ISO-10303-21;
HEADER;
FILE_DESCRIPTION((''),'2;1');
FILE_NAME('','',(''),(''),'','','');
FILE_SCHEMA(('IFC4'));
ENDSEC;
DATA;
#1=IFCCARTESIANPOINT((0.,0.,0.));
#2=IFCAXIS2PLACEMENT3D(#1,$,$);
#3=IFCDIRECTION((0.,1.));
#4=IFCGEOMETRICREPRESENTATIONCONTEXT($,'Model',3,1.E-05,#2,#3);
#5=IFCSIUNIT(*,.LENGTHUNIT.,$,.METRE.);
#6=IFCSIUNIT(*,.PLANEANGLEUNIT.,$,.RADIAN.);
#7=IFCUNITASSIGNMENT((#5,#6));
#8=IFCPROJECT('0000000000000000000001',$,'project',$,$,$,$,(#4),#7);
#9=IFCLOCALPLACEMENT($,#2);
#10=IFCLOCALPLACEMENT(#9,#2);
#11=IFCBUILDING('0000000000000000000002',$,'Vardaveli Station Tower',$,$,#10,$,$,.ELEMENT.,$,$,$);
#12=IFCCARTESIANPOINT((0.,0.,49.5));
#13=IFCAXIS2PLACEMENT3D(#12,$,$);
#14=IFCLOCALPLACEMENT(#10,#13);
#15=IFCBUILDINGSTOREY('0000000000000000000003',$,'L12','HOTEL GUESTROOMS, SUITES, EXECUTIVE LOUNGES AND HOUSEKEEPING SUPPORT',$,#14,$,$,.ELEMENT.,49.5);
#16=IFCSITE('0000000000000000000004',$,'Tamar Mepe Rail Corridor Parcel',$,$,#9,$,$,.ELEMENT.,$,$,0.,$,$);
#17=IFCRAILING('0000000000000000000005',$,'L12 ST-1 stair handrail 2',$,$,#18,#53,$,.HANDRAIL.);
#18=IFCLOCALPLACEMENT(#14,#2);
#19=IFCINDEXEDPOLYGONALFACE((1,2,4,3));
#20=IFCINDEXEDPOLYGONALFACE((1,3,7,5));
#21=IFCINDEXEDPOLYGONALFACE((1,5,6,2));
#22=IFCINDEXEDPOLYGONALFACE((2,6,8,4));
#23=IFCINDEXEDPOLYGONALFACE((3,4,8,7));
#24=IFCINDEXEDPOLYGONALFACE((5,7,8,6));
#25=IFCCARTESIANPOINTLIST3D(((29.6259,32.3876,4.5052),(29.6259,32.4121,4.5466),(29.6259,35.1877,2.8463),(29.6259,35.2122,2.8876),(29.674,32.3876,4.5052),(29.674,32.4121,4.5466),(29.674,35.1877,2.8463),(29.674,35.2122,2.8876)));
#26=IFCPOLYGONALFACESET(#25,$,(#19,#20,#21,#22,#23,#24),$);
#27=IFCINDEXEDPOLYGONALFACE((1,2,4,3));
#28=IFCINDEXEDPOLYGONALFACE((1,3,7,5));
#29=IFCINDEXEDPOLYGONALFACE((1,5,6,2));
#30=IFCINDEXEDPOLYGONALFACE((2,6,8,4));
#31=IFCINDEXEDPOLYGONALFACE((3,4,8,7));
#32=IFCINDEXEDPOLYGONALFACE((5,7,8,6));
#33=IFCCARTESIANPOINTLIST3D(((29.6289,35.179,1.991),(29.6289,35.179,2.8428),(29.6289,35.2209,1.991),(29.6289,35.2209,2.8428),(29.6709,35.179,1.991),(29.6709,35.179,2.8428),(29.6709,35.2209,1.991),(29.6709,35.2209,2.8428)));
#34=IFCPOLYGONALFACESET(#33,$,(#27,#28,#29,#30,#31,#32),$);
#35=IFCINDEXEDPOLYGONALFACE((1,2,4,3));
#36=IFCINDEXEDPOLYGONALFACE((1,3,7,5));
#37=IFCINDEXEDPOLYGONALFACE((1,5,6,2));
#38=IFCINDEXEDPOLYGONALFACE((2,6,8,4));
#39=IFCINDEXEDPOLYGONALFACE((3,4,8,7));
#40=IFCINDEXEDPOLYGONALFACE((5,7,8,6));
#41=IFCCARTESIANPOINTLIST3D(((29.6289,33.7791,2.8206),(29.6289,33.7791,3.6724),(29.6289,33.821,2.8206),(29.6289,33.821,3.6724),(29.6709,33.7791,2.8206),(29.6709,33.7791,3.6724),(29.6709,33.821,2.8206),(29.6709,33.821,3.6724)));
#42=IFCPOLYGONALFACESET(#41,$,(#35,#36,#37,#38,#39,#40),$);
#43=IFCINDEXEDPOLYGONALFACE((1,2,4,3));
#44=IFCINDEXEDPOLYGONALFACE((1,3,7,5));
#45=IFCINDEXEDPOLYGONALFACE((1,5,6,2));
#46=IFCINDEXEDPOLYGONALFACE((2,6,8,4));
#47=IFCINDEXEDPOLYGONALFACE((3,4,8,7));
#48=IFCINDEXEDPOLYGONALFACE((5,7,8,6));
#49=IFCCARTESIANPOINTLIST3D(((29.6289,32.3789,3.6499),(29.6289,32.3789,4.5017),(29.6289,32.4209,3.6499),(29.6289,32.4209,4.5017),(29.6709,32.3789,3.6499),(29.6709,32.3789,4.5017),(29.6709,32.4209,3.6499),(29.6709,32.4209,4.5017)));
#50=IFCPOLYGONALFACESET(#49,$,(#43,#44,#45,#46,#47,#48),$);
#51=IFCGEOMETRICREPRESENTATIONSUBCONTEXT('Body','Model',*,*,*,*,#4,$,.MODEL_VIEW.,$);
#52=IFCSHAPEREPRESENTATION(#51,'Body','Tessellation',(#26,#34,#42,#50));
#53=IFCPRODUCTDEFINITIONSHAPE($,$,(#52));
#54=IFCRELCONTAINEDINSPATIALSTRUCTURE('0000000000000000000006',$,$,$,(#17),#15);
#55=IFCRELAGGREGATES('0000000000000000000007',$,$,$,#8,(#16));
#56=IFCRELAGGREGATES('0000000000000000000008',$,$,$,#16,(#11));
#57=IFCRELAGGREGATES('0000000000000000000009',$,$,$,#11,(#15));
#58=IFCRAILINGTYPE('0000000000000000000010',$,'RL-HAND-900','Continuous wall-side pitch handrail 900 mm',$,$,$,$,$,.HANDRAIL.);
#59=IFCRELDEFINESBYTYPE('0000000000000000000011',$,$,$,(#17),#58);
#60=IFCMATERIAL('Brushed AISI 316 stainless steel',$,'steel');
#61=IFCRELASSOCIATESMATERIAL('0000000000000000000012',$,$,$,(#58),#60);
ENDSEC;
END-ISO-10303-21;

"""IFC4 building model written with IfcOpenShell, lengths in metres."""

from ifc_helpers import new_model, si_unit, direction, frame, origin, origin_2d, place, context, subcontext, project, spatial, rectangle, extrude, source, transform, mapped, material, type_object, element, save


model = new_model("IFC4")

# Units and contexts
model_context = context("Model", 3, precision=1e-05, world=origin(), true_north=direction((0.0, 1.0)))
body_context = subcontext(model_context, "Body", "Model", "MODEL_VIEW")
ifc_project = project(units=[si_unit("LENGTHUNIT", "METRE"), si_unit("PLANEANGLEUNIT", "RADIAN")], contexts=[model_context])

# Site, building, storey
site_placement = place(None, origin())
site = spatial("IfcSite", under=ifc_project, at=site_placement, Name="Tamar Mepe Rail Corridor Parcel", CompositionType="ELEMENT", RefElevation=0.0)
building_placement = place(site_placement, origin())
building = spatial("IfcBuilding", under=site, at=building_placement, Name="Vardaveli Station Tower", CompositionType="ELEMENT")
storey_placement = place(building_placement, frame((0.0, 0.0, 49.5)))
storey = spatial("IfcBuildingStorey", under=building, at=storey_placement, Name="L12", Description="HOTEL GUESTROOMS, SUITES, EXECUTIVE LOUNGES AND HOUSEKEEPING SUPPORT", CompositionType="ELEMENT", Elevation=49.5)

# Railing
ifc_material_1 = material(Name="Brushed AISI 316 stainless steel", Category="steel")
railing_type_1 = type_object("IfcRailingType", Name="RL-HAND-900", Description="Continuous wall-side pitch handrail 900 mm", PredefinedType="HANDRAIL", material=ifc_material_1)
shared_shape_1 = source(origin(), body_context, "Body", "SweptSolid", [
    extrude(rectangle(XDim=0.0481, YDim=0.0481, at=origin_2d()), frame((0.0, 0.0, 0.876), z_axis=(0.0, -0.860339, 0.509722), x_axis=(1.0, 0.0, 0.0)), (0.0, 0.0, 1.0), 3.2546),
    extrude(rectangle(XDim=0.042, YDim=0.042, at=origin_2d()), origin(), (0.0, 0.0, 1.0), 0.8518),
    extrude(rectangle(XDim=0.042, YDim=0.042, at=origin_2d()), frame((0.0, -1.3999, 0.8296)), (0.0, 0.0, 1.0), 0.8518),
    extrude(rectangle(XDim=0.042, YDim=0.042, at=origin_2d()), frame((0.0, -2.8, 1.6589)), (0.0, 0.0, 1.0), 0.8518),
])
railing_1_placement = place(storey_placement, frame((29.6499, 35.2, 1.991)))
element("IfcRailing", 1, at=railing_1_placement, inside=storey, type_object=railing_type_1, Name="L12 ST-1 stair handrail 2", PredefinedType="HANDRAIL", context=body_context, shape_type="MappedRepresentation", body=[
    mapped(shared_shape_1, transform((0.0, 0.0, 0.0), scale=1.0)),
])

save(model, "model.ifc")
